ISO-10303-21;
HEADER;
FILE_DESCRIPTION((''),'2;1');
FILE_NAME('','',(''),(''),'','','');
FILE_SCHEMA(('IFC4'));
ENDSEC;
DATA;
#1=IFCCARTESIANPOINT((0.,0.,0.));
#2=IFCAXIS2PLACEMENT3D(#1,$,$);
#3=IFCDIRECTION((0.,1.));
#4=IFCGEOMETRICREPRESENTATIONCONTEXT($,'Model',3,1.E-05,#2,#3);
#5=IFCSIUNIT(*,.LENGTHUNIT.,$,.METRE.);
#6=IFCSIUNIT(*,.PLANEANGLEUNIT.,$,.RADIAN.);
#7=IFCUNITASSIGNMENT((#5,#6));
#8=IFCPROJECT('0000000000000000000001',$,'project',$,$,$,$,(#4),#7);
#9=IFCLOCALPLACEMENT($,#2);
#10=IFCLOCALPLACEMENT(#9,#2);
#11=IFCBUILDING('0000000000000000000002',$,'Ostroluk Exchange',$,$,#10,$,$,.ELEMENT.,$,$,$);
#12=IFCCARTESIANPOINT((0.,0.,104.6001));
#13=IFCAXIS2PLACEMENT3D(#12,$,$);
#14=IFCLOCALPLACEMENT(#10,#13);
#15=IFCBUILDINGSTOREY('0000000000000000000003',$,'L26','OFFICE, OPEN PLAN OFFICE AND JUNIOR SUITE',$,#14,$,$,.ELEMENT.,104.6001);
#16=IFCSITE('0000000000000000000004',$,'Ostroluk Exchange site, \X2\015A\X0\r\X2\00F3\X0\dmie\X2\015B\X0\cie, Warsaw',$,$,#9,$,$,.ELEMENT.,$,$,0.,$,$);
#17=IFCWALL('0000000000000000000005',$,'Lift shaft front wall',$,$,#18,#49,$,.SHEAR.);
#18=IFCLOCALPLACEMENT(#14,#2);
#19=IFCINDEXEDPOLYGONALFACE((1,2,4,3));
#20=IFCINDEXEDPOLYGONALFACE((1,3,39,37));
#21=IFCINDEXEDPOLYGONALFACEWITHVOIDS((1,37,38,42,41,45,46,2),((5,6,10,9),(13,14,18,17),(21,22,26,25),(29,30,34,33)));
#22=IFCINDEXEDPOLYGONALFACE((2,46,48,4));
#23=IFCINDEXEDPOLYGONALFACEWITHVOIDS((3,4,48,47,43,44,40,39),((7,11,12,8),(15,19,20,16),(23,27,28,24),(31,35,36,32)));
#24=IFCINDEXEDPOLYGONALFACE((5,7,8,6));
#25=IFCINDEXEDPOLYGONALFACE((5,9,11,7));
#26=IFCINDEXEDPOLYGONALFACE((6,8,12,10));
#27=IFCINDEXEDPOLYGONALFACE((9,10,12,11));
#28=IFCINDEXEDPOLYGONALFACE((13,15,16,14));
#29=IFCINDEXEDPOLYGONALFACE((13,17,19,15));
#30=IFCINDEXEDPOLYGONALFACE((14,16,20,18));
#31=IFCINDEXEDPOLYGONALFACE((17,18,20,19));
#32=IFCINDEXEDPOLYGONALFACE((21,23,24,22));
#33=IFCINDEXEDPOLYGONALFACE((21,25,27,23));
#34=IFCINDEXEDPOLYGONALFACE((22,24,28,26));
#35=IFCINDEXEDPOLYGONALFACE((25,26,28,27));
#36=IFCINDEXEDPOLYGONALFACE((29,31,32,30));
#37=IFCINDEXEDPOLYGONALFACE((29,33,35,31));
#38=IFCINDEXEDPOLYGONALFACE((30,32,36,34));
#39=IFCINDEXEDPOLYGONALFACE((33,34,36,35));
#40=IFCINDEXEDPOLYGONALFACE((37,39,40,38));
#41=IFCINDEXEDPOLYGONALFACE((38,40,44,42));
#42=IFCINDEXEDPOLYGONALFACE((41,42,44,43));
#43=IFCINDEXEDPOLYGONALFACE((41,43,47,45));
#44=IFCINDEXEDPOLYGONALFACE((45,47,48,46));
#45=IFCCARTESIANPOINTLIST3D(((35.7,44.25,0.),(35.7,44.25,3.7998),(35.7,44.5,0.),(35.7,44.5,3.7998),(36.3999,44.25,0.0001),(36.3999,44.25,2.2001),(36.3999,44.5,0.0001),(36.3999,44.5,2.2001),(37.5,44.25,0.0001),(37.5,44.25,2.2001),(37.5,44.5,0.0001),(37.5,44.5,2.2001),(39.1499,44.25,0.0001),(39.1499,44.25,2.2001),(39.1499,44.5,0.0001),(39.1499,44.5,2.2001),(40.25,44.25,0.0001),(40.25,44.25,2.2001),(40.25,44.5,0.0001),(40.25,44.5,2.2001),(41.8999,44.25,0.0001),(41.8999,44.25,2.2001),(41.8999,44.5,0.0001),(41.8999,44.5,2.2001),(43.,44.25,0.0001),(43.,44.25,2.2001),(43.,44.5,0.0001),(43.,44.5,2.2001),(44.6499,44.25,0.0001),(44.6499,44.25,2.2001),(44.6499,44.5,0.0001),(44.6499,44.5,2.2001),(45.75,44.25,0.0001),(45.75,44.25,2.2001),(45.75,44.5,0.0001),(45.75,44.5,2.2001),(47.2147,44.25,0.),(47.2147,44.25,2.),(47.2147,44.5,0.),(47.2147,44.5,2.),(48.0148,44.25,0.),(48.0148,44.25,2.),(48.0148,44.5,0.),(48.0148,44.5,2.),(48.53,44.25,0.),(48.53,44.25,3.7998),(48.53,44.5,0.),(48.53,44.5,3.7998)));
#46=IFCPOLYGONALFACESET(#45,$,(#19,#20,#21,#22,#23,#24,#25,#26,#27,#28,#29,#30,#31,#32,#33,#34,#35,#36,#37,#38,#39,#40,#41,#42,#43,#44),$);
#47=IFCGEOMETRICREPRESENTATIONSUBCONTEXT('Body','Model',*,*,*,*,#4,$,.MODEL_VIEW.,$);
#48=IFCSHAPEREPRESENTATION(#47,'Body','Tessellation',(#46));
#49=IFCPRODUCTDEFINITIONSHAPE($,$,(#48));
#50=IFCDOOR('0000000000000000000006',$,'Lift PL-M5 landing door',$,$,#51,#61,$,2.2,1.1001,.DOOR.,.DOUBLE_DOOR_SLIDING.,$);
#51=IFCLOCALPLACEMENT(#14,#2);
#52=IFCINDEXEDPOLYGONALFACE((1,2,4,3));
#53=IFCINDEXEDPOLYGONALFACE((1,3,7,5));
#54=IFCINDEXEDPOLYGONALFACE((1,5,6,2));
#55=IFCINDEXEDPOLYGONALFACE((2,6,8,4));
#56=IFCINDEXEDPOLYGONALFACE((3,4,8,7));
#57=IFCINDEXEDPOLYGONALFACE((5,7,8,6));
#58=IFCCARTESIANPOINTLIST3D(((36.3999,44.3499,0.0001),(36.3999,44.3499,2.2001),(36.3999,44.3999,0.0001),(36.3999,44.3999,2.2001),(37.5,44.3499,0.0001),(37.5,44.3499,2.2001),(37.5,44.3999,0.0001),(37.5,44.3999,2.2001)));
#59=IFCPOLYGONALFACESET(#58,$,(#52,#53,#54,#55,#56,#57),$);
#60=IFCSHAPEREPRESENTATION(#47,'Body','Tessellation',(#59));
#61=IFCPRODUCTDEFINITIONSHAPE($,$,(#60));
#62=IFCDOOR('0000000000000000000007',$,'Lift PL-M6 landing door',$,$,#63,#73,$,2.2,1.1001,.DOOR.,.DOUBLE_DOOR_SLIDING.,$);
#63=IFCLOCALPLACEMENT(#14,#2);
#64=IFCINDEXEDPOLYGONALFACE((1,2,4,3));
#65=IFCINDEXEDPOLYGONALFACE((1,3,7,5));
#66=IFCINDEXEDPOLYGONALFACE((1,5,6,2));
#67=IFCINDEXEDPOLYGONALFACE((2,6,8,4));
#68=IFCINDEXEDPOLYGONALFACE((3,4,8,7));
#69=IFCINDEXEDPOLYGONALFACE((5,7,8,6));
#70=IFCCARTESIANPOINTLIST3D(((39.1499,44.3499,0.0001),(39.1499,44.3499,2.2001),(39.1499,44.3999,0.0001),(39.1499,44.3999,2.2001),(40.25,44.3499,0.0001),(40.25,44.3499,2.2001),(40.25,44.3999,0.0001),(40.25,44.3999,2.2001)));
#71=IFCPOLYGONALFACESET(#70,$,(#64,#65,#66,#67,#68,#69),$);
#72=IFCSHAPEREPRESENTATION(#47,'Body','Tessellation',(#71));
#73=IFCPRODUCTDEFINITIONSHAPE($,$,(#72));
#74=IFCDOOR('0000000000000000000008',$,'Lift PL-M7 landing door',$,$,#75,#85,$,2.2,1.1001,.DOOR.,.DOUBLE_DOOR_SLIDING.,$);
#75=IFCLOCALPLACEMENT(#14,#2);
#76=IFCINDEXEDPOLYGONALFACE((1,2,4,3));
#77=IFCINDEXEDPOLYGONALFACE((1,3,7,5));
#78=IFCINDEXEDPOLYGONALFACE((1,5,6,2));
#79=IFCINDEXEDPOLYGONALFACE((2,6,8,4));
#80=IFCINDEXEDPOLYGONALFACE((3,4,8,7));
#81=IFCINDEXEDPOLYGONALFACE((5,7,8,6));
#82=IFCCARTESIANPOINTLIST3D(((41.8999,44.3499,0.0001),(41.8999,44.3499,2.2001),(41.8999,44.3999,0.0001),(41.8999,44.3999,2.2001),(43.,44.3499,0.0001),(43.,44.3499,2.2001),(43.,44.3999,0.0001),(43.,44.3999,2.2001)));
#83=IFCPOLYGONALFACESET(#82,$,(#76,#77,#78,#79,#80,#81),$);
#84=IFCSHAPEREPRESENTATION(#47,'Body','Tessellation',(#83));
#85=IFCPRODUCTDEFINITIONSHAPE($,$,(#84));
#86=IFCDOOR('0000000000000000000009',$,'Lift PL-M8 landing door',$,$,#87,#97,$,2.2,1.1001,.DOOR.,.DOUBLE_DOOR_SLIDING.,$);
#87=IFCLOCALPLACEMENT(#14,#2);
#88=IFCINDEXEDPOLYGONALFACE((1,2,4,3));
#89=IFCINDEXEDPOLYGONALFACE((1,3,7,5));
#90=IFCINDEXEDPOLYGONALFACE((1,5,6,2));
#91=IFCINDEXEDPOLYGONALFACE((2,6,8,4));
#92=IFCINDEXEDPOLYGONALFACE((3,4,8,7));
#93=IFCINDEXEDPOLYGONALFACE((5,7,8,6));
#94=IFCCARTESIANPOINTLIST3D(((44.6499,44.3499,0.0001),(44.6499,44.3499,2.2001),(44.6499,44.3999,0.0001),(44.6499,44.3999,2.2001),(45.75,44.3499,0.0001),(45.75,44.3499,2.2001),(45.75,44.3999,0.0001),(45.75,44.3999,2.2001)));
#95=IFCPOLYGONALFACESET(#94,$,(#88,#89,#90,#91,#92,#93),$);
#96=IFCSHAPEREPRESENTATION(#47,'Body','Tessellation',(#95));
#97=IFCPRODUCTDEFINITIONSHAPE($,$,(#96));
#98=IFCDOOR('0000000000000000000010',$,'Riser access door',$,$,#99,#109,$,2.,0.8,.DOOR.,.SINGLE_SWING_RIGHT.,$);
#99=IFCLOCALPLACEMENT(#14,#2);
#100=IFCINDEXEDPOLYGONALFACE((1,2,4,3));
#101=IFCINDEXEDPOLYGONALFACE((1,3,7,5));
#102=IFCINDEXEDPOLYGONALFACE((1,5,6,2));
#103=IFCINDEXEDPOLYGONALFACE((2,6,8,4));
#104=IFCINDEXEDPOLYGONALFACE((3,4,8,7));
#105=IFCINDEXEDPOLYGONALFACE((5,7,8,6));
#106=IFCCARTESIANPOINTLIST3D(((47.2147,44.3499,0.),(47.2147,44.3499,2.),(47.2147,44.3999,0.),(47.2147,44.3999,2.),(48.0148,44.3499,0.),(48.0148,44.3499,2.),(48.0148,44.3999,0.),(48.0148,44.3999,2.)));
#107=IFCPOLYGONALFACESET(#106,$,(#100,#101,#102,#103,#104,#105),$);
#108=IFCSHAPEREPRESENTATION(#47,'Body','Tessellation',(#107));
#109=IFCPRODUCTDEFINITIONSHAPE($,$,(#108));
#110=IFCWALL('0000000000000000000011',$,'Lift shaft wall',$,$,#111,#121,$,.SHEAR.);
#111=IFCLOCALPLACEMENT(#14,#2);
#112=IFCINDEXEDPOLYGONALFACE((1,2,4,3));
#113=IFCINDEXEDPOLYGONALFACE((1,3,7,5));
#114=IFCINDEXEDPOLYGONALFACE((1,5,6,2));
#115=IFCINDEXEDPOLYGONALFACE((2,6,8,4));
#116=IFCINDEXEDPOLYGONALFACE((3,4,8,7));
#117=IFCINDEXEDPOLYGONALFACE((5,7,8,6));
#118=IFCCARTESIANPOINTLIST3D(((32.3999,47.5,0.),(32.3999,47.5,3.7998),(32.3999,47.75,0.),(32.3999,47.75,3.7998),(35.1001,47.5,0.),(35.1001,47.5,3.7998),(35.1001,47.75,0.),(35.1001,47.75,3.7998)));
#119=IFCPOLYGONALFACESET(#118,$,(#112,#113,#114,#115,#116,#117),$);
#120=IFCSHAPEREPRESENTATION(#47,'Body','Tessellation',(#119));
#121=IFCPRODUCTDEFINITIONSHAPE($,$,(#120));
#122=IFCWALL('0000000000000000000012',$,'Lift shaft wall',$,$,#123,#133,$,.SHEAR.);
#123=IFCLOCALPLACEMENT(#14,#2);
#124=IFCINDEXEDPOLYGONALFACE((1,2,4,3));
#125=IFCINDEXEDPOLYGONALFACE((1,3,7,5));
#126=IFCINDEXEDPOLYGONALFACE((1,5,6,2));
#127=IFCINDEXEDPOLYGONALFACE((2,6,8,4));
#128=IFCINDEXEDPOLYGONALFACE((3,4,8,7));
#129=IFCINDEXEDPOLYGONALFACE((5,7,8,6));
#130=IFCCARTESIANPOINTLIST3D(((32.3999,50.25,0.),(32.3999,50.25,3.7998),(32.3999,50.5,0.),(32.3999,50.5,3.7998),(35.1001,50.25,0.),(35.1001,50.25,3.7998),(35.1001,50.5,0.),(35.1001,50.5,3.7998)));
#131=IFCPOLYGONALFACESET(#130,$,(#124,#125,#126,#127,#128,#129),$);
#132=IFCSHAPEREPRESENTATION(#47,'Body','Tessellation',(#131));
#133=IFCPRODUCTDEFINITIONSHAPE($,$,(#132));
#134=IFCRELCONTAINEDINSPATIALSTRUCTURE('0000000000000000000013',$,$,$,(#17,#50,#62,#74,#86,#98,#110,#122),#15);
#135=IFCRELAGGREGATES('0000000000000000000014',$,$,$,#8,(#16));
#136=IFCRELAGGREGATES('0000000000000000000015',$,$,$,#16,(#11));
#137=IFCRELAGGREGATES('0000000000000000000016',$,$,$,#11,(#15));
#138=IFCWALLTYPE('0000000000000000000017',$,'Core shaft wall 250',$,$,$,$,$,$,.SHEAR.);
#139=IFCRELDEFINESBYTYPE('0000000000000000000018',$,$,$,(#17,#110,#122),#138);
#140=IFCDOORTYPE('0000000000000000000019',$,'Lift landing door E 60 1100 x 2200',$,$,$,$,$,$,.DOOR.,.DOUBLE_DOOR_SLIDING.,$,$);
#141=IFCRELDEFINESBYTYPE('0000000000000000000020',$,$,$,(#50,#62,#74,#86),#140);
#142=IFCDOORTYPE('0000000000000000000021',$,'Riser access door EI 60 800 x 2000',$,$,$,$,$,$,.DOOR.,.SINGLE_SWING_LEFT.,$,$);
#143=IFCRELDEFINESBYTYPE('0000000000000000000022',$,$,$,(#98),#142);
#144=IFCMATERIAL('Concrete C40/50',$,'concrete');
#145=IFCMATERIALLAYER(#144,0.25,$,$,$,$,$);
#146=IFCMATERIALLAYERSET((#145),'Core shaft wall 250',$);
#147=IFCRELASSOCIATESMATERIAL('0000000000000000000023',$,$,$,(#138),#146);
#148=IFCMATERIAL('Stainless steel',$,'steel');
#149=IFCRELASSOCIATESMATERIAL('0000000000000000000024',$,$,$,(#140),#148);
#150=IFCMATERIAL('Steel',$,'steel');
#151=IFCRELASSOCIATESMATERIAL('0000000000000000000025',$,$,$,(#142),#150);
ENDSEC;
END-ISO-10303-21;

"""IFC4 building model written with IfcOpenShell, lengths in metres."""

from ifc_helpers import new_model, si_unit, direction, frame, frame_2d, origin, place, context, subcontext, project, spatial, rectangle, extrude, material, layer, layer_set, type_object, element, fill, save


model = new_model("IFC4")

# Units and contexts
model_context = context("Model", 3, precision=1e-05, world=origin(), true_north=direction((0.0, 1.0)))
body_context = subcontext(model_context, "Body", "Model", "MODEL_VIEW")
ifc_project = project(units=[si_unit("LENGTHUNIT", "METRE"), si_unit("PLANEANGLEUNIT", "RADIAN")], contexts=[model_context])

# Site, building, storey
site_placement = place(None, origin())
site = spatial("IfcSite", under=ifc_project, at=site_placement, Name="Ostroluk Exchange site, Śródmieście, Warsaw", CompositionType="ELEMENT", RefElevation=0.0)
building_placement = place(site_placement, origin())
building = spatial("IfcBuilding", under=site, at=building_placement, Name="Ostroluk Exchange", CompositionType="ELEMENT")
storey_placement = place(building_placement, frame((0.0, 0.0, 104.6001)))
storey = spatial("IfcBuildingStorey", under=building, at=storey_placement, Name="L26", Description="OFFICE, OPEN PLAN OFFICE AND JUNIOR SUITE", CompositionType="ELEMENT", Elevation=104.6001)

# Shared definitions
ifc_material_1 = material(Name="Concrete C40/50", Category="concrete")
ifc_layer_1 = layer(ifc_material_1, 0.25)
ifc_layer_set_1 = layer_set([ifc_layer_1], Name="Core shaft wall 250")
wall_type_1 = type_object("IfcWallType", Name="Core shaft wall 250", PredefinedType="SHEAR", material=ifc_layer_set_1)

# Wall, openings, doors
ifc_material_2 = material(Name="Stainless steel", Category="steel")
door_type_1 = type_object("IfcDoorType", Name="Lift landing door E 60 1100 x 2200", OperationType="DOUBLE_DOOR_SLIDING", PredefinedType="DOOR", material=ifc_material_2)
ifc_material_3 = material(Name="Steel", Category="steel")
door_type_2 = type_object("IfcDoorType", Name="Riser access door EI 60 800 x 2000", OperationType="SINGLE_SWING_LEFT", PredefinedType="DOOR", material=ifc_material_3)
wall_1_placement = place(storey_placement, frame((35.7, 44.375, 0.0), z_axis=(0.0, 0.0, 1.0), x_axis=(1.0, 0.0, 0.0)))
wall_1 = element("IfcWall", 1, at=wall_1_placement, inside=storey, type_object=wall_type_1, Name="Lift shaft front wall", PredefinedType="SHEAR", context=body_context, shape_type="SweptSolid", body=[
    extrude(rectangle(XDim=12.8301, YDim=0.25, at=frame_2d((6.415, 0.0))), origin(), (0.0, 0.0, 1.0), 3.7998),
])
opening_1_placement = place(wall_1_placement, frame((0.7, 0.0, 0.0)))
opening_1 = element("IfcOpeningElement", 2, at=opening_1_placement, cuts=wall_1, PredefinedType="OPENING", context=body_context, shape_type="SweptSolid", body=[
    extrude(rectangle(XDim=1.1001, YDim=2.2, at=frame_2d((0.55, 1.1001))), frame((0.0, 0.135, 0.0), z_axis=(0.0, -1.0, 0.0), x_axis=(1.0, 0.0, 0.0)), (0.0, 0.0, 1.0), 0.27),
])
opening_2_placement = place(wall_1_placement, frame((3.45, 0.0, 0.0)))
opening_2 = element("IfcOpeningElement", 3, at=opening_2_placement, cuts=wall_1, PredefinedType="OPENING", context=body_context, shape_type="SweptSolid", body=[
    extrude(rectangle(XDim=1.1001, YDim=2.2, at=frame_2d((0.55, 1.1001))), frame((0.0, 0.135, 0.0), z_axis=(0.0, -1.0, 0.0), x_axis=(1.0, 0.0, 0.0)), (0.0, 0.0, 1.0), 0.27),
])
opening_3_placement = place(wall_1_placement, frame((6.2, 0.0, 0.0)))
opening_3 = element("IfcOpeningElement", 4, at=opening_3_placement, cuts=wall_1, PredefinedType="OPENING", context=body_context, shape_type="SweptSolid", body=[
    extrude(rectangle(XDim=1.1001, YDim=2.2, at=frame_2d((0.55, 1.1001))), frame((0.0, 0.135, 0.0), z_axis=(0.0, -1.0, 0.0), x_axis=(1.0, 0.0, 0.0)), (0.0, 0.0, 1.0), 0.27),
])
opening_4_placement = place(wall_1_placement, frame((8.95, 0.0, 0.0)))
opening_4 = element("IfcOpeningElement", 5, at=opening_4_placement, cuts=wall_1, PredefinedType="OPENING", context=body_context, shape_type="SweptSolid", body=[
    extrude(rectangle(XDim=1.1001, YDim=2.2, at=frame_2d((0.55, 1.1001))), frame((0.0, 0.135, 0.0), z_axis=(0.0, -1.0, 0.0), x_axis=(1.0, 0.0, 0.0)), (0.0, 0.0, 1.0), 0.27),
])
opening_5_placement = place(wall_1_placement, frame((11.5149, 0.0, 0.0)))
opening_5 = element("IfcOpeningElement", 6, at=opening_5_placement, cuts=wall_1, PredefinedType="OPENING", context=body_context, shape_type="SweptSolid", body=[
    extrude(rectangle(XDim=0.8, YDim=2.0, at=frame_2d((0.3999, 1.0))), frame((0.0, 0.135, 0.0), z_axis=(0.0, -1.0, 0.0), x_axis=(1.0, 0.0, 0.0)), (0.0, 0.0, 1.0), 0.27),
])
door_1_placement = place(opening_1_placement, origin())
door_1 = element("IfcDoor", 7, at=door_1_placement, inside=storey, type_object=door_type_1, Name="Lift PL-M5 landing door", OperationType="DOUBLE_DOOR_SLIDING", OverallHeight=2.2, OverallWidth=1.1001, PredefinedType="DOOR", context=body_context, shape_type="SweptSolid", body=[
    extrude(rectangle(XDim=1.1001, YDim=2.2, at=frame_2d((0.55, 1.1001))), frame((0.0, 0.0249, 0.0), z_axis=(0.0, -1.0, 0.0), x_axis=(1.0, 0.0, 0.0)), (0.0, 0.0, 1.0), 0.05),
])
fill(opening_1, door_1)
door_2_placement = place(opening_2_placement, origin())
door_2 = element("IfcDoor", 8, at=door_2_placement, inside=storey, type_object=door_type_1, Name="Lift PL-M6 landing door", OperationType="DOUBLE_DOOR_SLIDING", OverallHeight=2.2, OverallWidth=1.1001, PredefinedType="DOOR", context=body_context, shape_type="SweptSolid", body=[
    extrude(rectangle(XDim=1.1001, YDim=2.2, at=frame_2d((0.55, 1.1001))), frame((0.0, 0.0249, 0.0), z_axis=(0.0, -1.0, 0.0), x_axis=(1.0, 0.0, 0.0)), (0.0, 0.0, 1.0), 0.05),
])
fill(opening_2, door_2)
door_3_placement = place(opening_3_placement, origin())
door_3 = element("IfcDoor", 9, at=door_3_placement, inside=storey, type_object=door_type_1, Name="Lift PL-M7 landing door", OperationType="DOUBLE_DOOR_SLIDING", OverallHeight=2.2, OverallWidth=1.1001, PredefinedType="DOOR", context=body_context, shape_type="SweptSolid", body=[
    extrude(rectangle(XDim=1.1001, YDim=2.2, at=frame_2d((0.55, 1.1001))), frame((0.0, 0.0249, 0.0), z_axis=(0.0, -1.0, 0.0), x_axis=(1.0, 0.0, 0.0)), (0.0, 0.0, 1.0), 0.05),
])
fill(opening_3, door_3)
door_4_placement = place(opening_4_placement, origin())
door_4 = element("IfcDoor", 10, at=door_4_placement, inside=storey, type_object=door_type_1, Name="Lift PL-M8 landing door", OperationType="DOUBLE_DOOR_SLIDING", OverallHeight=2.2, OverallWidth=1.1001, PredefinedType="DOOR", context=body_context, shape_type="SweptSolid", body=[
    extrude(rectangle(XDim=1.1001, YDim=2.2, at=frame_2d((0.55, 1.1001))), frame((0.0, 0.0249, 0.0), z_axis=(0.0, -1.0, 0.0), x_axis=(1.0, 0.0, 0.0)), (0.0, 0.0, 1.0), 0.05),
])
fill(opening_4, door_4)
door_5_placement = place(opening_5_placement, origin())
door_5 = element("IfcDoor", 11, at=door_5_placement, inside=storey, type_object=door_type_2, Name="Riser access door", OperationType="SINGLE_SWING_RIGHT", OverallHeight=2.0, OverallWidth=0.8, PredefinedType="DOOR", context=body_context, shape_type="SweptSolid", body=[
    extrude(rectangle(XDim=0.8, YDim=2.0, at=frame_2d((0.3999, 1.0))), frame((0.0, 0.0249, 0.0), z_axis=(0.0, -1.0, 0.0), x_axis=(1.0, 0.0, 0.0)), (0.0, 0.0, 1.0), 0.05),
])
fill(opening_5, door_5)

# Walls
for number, where, z_axis, x_axis, name in (
    (12, (32.3999, 47.625, 0.0), (0.0, 0.0, 1.0), (1.0, 0.0, 0.0), "Lift shaft wall"),
    (13, (32.3999, 50.375, 0.0), (0.0, 0.0, 1.0), (1.0, 0.0, 0.0), "Lift shaft wall"),
):
    element("IfcWall", number, at=place(storey_placement, frame(where, z_axis=z_axis, x_axis=x_axis)), inside=storey, type_object=wall_type_1, Name=name, PredefinedType="SHEAR", context=body_context, shape_type="SweptSolid", body=[
        extrude(rectangle(XDim=2.7002, YDim=0.25, at=frame_2d((1.3501, 0.0))), origin(), (0.0, 0.0, 1.0), 3.7998),
    ])

save(model, "model.ifc")
